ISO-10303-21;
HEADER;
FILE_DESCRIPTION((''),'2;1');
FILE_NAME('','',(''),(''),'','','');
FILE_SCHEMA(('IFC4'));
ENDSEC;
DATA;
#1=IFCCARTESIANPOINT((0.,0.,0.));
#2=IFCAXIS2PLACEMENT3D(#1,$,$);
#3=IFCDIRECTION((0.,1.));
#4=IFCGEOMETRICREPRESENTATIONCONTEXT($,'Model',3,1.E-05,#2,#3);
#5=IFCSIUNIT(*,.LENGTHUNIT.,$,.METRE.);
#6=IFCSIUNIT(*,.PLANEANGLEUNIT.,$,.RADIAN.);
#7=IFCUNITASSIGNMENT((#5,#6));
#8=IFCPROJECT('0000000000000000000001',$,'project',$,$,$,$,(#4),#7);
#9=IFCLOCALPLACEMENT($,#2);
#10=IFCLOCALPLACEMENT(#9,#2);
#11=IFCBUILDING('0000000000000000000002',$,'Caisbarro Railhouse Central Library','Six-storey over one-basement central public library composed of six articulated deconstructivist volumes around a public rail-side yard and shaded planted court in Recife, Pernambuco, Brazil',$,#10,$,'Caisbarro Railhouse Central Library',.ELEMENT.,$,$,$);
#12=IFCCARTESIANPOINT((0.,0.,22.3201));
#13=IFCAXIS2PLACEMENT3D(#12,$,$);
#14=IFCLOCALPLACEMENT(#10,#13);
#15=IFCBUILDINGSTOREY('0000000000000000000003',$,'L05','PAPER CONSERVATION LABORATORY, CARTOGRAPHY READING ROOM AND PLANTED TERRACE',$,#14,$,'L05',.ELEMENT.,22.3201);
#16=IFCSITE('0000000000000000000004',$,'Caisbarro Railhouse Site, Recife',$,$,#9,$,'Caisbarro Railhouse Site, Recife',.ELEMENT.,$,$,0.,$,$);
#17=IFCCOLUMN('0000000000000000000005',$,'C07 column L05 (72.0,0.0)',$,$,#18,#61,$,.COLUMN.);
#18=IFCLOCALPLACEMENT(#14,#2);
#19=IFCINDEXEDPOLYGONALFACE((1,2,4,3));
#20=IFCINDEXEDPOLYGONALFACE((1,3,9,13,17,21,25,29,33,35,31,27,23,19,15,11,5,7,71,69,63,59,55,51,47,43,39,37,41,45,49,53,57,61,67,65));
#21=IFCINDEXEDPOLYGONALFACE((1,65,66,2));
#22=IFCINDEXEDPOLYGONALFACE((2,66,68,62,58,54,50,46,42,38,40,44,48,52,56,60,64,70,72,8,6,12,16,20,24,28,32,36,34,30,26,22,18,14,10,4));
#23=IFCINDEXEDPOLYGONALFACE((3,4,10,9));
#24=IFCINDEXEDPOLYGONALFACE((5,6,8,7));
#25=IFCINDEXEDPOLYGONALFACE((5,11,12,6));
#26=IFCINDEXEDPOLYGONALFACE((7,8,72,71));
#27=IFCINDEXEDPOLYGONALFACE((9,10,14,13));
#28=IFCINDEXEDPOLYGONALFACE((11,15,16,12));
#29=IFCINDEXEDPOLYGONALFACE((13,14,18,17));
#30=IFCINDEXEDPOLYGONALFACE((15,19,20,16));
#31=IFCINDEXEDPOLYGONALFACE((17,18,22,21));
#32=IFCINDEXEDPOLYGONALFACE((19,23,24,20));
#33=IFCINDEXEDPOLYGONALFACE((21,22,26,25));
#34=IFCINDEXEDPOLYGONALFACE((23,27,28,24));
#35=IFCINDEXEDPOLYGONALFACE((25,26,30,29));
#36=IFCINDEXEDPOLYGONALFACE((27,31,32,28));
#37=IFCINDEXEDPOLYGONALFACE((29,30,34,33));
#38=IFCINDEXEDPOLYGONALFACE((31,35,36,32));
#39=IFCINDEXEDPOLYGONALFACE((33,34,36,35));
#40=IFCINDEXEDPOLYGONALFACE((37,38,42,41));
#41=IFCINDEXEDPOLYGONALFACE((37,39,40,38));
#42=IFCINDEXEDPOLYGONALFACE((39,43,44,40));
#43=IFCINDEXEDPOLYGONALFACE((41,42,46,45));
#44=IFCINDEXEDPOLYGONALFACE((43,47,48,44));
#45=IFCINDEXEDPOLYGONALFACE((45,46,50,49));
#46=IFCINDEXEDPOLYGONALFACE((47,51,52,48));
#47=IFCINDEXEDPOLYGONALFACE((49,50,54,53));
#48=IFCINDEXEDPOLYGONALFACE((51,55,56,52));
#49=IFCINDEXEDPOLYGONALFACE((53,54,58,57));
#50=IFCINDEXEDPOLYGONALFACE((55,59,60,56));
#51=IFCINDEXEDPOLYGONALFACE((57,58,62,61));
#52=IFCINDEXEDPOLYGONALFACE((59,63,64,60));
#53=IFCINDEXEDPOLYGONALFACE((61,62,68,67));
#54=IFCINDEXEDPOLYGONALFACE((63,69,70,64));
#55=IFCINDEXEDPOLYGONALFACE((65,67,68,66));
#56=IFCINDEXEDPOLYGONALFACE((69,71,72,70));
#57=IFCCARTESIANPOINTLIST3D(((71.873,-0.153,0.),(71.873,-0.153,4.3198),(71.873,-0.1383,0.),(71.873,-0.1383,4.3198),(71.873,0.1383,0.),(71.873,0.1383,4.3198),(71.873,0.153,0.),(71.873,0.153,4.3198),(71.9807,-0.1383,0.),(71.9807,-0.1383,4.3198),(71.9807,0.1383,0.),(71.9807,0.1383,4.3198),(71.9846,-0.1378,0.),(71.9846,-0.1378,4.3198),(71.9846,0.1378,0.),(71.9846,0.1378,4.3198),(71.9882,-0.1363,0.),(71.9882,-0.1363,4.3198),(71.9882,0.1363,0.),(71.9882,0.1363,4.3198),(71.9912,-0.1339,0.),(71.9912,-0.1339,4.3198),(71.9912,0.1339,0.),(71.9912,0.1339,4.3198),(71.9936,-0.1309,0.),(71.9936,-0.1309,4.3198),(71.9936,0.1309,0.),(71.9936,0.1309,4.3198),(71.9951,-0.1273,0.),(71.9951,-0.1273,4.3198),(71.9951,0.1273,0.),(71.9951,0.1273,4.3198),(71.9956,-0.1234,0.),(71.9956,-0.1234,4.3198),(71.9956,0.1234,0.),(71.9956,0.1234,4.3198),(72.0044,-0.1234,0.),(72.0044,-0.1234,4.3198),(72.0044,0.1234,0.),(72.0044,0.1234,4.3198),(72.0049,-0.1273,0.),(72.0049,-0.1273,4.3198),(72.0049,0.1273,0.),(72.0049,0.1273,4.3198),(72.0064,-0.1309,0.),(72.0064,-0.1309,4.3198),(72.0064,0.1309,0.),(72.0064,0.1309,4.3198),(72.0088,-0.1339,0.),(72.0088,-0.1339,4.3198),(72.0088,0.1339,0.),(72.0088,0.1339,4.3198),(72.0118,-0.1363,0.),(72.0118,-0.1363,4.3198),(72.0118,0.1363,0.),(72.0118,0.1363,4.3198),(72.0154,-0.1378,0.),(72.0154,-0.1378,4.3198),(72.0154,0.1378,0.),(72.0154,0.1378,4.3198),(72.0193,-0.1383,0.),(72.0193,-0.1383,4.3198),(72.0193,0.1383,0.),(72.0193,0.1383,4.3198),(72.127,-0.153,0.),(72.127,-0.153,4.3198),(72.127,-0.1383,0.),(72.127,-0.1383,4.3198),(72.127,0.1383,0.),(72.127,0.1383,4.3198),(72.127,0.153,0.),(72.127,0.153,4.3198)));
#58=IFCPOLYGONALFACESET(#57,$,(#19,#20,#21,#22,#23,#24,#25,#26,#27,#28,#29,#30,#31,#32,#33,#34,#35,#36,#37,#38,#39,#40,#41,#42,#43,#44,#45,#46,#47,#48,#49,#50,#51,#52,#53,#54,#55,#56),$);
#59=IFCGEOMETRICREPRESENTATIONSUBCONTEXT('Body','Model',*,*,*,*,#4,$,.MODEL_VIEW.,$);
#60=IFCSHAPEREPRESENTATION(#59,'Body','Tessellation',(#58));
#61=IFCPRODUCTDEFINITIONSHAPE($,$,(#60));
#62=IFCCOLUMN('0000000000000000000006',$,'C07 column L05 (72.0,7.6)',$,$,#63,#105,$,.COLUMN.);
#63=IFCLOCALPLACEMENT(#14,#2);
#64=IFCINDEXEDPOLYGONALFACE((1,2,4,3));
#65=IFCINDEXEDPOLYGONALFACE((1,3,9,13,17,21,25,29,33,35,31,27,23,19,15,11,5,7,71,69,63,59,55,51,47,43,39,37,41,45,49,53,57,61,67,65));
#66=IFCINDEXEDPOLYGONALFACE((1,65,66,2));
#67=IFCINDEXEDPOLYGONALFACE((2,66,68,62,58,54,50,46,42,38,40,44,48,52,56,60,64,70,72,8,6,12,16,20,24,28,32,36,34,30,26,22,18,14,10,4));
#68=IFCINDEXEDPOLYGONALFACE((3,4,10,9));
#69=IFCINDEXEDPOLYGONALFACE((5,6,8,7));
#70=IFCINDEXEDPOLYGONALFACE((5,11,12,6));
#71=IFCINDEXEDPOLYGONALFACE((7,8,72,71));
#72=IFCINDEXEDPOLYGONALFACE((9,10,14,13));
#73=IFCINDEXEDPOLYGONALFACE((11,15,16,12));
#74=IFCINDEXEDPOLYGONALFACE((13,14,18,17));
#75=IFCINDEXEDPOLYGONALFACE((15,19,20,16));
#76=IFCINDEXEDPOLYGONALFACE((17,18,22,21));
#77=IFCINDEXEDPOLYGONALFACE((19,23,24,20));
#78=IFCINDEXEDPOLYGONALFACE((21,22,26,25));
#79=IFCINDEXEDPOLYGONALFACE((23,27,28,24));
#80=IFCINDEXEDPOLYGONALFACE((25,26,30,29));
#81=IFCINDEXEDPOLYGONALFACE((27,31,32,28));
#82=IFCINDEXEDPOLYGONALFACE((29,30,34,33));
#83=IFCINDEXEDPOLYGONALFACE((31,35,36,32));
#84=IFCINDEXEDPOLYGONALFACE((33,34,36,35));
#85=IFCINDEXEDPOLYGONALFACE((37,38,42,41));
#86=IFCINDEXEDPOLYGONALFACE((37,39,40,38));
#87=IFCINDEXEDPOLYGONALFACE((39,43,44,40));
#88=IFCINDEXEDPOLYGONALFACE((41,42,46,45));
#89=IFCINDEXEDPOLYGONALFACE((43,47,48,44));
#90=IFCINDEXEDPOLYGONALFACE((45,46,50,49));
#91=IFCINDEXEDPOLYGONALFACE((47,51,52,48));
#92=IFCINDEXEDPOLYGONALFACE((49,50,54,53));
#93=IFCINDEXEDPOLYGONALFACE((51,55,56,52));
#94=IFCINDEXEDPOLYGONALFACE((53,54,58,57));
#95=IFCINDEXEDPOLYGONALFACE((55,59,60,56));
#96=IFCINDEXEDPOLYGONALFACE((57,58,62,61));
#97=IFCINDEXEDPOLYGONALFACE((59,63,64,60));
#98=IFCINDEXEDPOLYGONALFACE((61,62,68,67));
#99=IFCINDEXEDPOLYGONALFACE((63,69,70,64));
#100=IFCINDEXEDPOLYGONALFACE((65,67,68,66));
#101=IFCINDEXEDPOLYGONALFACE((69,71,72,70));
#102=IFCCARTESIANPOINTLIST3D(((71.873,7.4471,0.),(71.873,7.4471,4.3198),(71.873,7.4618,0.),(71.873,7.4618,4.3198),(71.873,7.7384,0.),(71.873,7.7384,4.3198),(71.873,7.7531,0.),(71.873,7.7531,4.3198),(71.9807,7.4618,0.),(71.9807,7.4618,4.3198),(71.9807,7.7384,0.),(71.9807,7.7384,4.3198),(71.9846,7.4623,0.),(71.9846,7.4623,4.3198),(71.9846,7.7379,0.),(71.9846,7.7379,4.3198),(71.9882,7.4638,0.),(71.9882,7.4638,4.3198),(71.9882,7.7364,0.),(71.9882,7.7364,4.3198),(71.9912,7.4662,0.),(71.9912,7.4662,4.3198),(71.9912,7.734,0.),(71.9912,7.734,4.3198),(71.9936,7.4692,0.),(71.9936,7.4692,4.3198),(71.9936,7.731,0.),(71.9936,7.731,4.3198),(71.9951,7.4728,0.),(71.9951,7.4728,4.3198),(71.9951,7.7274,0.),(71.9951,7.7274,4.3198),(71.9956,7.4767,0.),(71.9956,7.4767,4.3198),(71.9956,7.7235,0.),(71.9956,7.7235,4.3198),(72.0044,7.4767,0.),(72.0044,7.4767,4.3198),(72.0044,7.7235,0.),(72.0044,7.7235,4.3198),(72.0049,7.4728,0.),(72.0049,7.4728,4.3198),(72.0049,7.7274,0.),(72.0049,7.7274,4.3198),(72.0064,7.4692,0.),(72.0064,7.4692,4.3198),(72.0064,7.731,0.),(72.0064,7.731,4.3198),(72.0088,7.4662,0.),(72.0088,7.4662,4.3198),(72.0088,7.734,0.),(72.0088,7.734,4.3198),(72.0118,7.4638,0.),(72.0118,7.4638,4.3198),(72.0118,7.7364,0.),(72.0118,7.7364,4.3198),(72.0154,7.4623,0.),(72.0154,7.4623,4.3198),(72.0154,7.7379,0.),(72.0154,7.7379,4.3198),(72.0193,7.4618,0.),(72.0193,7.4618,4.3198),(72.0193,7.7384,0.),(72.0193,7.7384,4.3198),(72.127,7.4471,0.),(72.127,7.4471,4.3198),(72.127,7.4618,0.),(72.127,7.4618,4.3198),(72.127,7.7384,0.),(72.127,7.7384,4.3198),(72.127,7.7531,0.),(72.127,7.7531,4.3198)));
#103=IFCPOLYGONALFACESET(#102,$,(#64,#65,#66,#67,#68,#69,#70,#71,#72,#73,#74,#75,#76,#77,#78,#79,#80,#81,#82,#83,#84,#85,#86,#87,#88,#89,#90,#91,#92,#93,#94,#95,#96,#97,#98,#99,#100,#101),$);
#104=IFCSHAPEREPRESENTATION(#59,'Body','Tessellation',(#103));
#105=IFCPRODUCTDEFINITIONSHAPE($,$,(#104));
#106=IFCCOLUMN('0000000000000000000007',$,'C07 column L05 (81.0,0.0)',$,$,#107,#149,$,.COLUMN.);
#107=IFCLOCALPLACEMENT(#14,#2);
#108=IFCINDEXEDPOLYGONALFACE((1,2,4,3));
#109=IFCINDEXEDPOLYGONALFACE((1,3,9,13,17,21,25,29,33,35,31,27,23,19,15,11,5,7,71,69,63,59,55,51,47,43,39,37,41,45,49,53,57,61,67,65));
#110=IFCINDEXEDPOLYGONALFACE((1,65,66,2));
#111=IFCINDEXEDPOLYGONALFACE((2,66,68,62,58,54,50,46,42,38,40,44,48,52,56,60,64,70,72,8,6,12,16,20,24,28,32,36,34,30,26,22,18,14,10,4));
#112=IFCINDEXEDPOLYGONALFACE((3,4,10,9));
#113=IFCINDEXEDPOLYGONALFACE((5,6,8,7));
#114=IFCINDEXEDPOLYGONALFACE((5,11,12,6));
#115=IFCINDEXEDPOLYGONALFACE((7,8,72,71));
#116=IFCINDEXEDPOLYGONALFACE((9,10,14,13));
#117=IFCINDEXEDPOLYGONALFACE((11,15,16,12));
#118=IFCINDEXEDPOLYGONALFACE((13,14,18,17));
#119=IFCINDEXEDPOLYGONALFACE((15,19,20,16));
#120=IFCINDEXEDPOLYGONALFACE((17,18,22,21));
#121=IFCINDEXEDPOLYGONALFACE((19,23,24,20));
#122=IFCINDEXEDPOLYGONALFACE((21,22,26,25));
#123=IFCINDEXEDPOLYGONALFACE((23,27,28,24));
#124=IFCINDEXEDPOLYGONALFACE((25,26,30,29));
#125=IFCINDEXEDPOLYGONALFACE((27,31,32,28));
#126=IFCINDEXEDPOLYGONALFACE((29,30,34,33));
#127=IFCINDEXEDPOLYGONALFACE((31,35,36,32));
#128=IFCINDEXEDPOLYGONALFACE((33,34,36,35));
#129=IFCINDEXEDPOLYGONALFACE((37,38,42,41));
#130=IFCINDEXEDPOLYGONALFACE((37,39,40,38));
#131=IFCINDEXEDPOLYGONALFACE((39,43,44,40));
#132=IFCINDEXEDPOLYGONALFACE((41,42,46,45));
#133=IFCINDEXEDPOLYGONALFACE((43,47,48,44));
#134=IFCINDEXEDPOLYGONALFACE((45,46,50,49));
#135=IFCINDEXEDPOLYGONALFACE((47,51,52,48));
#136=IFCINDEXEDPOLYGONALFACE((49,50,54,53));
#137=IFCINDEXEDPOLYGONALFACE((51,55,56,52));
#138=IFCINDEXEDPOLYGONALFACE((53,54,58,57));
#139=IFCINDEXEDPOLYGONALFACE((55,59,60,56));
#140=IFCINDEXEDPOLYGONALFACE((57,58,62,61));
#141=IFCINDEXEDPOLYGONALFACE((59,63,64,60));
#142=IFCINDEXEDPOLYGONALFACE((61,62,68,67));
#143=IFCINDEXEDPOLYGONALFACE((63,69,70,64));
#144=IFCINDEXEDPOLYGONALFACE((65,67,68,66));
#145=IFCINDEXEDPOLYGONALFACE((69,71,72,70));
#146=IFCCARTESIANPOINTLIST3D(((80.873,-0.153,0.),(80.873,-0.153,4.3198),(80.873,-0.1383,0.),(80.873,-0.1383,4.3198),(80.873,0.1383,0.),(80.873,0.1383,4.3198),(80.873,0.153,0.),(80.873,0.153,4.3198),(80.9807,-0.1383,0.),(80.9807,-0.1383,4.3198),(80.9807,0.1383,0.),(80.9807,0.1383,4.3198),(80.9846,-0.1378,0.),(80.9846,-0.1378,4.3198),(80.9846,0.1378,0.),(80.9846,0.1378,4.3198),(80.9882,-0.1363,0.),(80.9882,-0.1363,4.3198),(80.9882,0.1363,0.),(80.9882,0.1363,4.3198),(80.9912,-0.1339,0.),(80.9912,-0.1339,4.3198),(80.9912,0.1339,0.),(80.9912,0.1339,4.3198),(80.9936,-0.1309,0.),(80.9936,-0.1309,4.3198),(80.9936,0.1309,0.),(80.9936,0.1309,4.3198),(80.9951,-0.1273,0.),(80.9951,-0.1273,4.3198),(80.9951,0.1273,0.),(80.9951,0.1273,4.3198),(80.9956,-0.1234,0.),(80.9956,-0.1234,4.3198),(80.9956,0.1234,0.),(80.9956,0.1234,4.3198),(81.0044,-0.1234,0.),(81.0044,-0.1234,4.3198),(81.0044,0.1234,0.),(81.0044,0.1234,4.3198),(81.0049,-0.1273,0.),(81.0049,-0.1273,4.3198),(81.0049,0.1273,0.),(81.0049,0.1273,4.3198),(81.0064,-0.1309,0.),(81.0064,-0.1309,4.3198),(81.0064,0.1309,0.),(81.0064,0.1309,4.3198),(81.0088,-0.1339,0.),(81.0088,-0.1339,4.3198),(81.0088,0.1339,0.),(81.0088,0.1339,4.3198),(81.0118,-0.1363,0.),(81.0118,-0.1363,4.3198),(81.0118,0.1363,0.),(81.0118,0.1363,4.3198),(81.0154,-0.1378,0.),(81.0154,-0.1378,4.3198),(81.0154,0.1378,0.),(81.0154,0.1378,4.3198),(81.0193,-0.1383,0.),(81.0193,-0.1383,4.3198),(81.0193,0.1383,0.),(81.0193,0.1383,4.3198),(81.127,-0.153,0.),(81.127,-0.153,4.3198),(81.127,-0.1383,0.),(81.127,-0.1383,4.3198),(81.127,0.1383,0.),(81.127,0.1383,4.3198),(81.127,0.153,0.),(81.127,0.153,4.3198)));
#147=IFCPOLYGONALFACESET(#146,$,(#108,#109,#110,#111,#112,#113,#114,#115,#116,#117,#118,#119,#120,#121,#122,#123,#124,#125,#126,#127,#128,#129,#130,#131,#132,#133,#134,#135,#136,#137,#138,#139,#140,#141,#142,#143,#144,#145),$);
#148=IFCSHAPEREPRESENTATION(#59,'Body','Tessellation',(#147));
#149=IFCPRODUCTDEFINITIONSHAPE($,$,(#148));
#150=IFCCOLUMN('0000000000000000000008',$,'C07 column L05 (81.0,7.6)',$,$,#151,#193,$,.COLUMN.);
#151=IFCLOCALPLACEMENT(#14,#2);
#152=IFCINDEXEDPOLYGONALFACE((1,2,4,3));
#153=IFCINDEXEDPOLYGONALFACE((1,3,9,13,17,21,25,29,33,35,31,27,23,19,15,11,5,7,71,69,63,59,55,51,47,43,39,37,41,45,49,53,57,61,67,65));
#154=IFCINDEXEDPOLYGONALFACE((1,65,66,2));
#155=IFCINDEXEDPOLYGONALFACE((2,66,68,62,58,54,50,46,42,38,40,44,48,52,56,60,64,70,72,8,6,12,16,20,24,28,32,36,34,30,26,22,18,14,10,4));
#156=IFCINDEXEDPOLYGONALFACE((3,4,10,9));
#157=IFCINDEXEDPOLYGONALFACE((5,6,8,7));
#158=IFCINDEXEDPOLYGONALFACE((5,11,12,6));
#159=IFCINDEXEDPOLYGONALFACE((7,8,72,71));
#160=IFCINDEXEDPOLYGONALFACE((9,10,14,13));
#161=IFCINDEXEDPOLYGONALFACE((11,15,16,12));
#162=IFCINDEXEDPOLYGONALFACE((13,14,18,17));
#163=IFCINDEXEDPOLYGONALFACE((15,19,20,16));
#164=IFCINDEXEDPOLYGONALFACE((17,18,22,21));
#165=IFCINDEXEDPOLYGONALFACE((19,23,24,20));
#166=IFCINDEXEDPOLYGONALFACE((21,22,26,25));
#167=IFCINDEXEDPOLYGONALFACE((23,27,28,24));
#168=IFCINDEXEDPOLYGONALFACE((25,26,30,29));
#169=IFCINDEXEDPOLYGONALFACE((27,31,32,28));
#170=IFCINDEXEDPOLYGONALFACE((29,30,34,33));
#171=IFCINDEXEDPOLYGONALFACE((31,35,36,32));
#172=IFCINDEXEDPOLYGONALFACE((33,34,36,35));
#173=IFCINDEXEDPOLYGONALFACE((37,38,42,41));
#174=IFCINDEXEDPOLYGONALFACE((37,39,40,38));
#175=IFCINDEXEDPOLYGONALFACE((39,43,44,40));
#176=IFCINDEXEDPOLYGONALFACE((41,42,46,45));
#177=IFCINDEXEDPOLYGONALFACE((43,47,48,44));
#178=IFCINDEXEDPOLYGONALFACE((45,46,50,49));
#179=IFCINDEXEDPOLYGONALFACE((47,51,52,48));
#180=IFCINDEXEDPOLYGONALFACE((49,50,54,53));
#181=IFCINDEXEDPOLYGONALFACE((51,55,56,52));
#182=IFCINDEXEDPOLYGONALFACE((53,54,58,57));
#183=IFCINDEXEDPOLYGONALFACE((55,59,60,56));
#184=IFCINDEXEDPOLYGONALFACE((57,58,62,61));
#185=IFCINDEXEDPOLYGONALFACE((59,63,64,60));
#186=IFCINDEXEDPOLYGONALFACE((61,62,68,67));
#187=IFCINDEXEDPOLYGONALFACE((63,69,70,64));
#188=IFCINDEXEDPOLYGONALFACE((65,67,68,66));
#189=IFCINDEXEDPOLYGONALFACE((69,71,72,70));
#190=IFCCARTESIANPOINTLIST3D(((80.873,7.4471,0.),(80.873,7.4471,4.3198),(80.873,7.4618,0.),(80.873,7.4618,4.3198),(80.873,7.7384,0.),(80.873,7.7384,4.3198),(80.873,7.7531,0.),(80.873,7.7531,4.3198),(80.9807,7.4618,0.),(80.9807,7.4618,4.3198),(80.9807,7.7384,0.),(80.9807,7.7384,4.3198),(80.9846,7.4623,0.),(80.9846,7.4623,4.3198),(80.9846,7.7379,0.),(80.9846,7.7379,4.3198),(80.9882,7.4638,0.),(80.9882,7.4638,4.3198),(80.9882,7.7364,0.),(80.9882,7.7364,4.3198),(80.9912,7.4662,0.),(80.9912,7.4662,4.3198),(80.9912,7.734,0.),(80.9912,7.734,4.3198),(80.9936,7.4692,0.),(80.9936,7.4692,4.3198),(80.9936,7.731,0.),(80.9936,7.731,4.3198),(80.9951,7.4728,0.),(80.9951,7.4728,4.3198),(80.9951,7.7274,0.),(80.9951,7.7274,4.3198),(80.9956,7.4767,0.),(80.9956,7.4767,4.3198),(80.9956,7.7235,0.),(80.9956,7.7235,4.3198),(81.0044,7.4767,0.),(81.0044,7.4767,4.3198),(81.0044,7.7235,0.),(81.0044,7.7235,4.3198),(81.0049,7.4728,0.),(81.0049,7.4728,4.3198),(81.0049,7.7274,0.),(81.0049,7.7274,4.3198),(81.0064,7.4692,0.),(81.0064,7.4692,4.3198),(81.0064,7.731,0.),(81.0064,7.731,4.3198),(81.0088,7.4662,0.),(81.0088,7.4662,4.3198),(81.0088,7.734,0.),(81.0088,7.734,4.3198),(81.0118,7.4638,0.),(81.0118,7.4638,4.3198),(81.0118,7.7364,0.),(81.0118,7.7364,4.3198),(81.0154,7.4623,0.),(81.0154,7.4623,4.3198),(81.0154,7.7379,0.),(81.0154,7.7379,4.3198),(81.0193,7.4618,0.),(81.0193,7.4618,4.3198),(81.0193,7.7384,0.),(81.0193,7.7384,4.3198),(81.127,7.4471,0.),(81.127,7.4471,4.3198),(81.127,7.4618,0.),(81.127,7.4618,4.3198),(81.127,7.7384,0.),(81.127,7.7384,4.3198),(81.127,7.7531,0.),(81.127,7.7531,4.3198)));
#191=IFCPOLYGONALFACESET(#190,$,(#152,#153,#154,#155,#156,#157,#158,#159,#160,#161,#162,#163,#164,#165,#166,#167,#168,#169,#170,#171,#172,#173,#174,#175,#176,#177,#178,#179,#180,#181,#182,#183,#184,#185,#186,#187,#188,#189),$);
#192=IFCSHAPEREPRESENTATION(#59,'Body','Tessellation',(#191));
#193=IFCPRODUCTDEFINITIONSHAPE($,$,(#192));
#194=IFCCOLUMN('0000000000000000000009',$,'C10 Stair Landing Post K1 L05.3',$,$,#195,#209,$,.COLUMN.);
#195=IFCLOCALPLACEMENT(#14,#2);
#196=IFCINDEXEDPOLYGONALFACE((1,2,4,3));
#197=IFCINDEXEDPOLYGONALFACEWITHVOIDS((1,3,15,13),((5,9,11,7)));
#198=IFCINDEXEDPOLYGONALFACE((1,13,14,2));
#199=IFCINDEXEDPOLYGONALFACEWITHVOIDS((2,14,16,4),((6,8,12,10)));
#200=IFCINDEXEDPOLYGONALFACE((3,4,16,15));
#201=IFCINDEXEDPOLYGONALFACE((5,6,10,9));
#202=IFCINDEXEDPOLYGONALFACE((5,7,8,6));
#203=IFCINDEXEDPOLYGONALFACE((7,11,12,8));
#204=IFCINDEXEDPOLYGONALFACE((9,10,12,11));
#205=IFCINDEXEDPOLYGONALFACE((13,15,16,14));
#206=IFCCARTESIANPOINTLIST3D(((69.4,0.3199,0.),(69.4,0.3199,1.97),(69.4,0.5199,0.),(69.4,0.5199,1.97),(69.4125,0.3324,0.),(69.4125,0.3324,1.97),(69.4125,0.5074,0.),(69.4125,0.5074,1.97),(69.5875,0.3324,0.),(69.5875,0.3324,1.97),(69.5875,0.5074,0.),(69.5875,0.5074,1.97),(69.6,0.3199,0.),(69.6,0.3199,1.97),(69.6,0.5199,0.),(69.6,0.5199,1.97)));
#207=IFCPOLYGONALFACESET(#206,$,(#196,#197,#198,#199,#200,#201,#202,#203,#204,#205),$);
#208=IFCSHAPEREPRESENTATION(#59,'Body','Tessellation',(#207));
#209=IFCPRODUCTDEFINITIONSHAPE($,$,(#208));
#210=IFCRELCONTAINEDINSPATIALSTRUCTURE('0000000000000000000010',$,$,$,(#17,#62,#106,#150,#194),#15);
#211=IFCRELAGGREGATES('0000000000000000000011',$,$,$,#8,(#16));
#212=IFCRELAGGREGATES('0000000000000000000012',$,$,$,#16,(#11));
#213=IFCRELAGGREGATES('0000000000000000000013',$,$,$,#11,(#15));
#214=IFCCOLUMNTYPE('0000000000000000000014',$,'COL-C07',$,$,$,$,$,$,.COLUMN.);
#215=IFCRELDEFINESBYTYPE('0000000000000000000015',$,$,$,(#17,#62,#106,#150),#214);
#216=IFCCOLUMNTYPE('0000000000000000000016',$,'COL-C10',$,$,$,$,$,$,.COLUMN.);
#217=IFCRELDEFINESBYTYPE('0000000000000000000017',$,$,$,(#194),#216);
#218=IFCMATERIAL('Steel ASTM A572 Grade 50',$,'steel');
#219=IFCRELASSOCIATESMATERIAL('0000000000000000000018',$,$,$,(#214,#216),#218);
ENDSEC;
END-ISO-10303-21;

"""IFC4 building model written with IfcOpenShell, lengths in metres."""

from ifc_helpers import new_model, si_unit, direction, frame, origin, origin_2d, place, context, subcontext, project, spatial, hollow_rectangle, i_section, extrude, material, material_profile, profile_set, type_object, element, save


model = new_model("IFC4")

# Units and contexts
model_context = context("Model", 3, precision=1e-05, world=origin(), true_north=direction((0.0, 1.0)))
body_context = subcontext(model_context, "Body", "Model", "MODEL_VIEW")
ifc_project = project(units=[si_unit("LENGTHUNIT", "METRE"), si_unit("PLANEANGLEUNIT", "RADIAN")], contexts=[model_context])

# Site, building, storey
site_placement = place(None, origin())
site = spatial("IfcSite", under=ifc_project, at=site_placement, Name="Caisbarro Railhouse Site, Recife", LongName="Caisbarro Railhouse Site, Recife", CompositionType="ELEMENT", RefElevation=0.0)
building_placement = place(site_placement, origin())
building = spatial("IfcBuilding", under=site, at=building_placement, Name="Caisbarro Railhouse Central Library", Description="Six-storey over one-basement central public library composed of six articulated deconstructivist volumes around a public rail-side yard and shaded planted court in Recife, Pernambuco, Brazil", LongName="Caisbarro Railhouse Central Library", CompositionType="ELEMENT")
storey_placement = place(building_placement, frame((0.0, 0.0, 22.3201)))
storey = spatial("IfcBuildingStorey", under=building, at=storey_placement, Name="L05", Description="PAPER CONSERVATION LABORATORY, CARTOGRAPHY READING ROOM AND PLANTED TERRACE", LongName="L05", CompositionType="ELEMENT", Elevation=22.3201)

# Columns
ifc_material_1 = material(Name="Steel ASTM A572 Grade 50", Category="steel")
ifc_material_profile_1 = material_profile(ifc_material_1, i_section(OverallWidth=0.2539, OverallDepth=0.3059, WebThickness=0.0088, FlangeThickness=0.0146, FilletRadius=0.0149, at=origin_2d()), Name="W310X79.0")
ifc_profile_set_1 = profile_set([ifc_material_profile_1], Name="Steel ASTM A572 Grade 50")
column_type_1 = type_object("IfcColumnType", Name="COL-C07", PredefinedType="COLUMN", material=ifc_profile_set_1)
for number, where, z_axis, x_axis, name in (
    (1, (72.0, 0.0, 0.0), (0.0, 0.0, 1.0), (1.0, 0.0, 0.0), "C07 column L05 (72.0,0.0)"),
    (2, (72.0, 7.6001, 0.0), (0.0, 0.0, 1.0), (1.0, 0.0, 0.0), "C07 column L05 (72.0,7.6)"),
    (3, (81.0, 0.0, 0.0), (0.0, 0.0, 1.0), (1.0, 0.0, 0.0), "C07 column L05 (81.0,0.0)"),
    (4, (81.0, 7.6001, 0.0), (0.0, 0.0, 1.0), (1.0, 0.0, 0.0), "C07 column L05 (81.0,7.6)"),
):
    element("IfcColumn", number, at=place(storey_placement, frame(where, z_axis=z_axis, x_axis=x_axis)), inside=storey, type_object=column_type_1, Name=name, PredefinedType="COLUMN", context=body_context, shape_type="SweptSolid", body=[
        extrude(i_section(OverallWidth=0.2539, OverallDepth=0.3059, WebThickness=0.0088, FlangeThickness=0.0146, FilletRadius=0.0149, at=origin_2d()), origin(), (0.0, 0.0, 1.0), 4.3198),
    ])
ifc_material_profile_2 = material_profile(ifc_material_1, hollow_rectangle(XDim=0.2, YDim=0.2, WallThickness=0.0125, at=origin_2d()), Name="HSS200X200X12.5")
ifc_profile_set_2 = profile_set([ifc_material_profile_2], Name="Steel ASTM A572 Grade 50")
column_type_2 = type_object("IfcColumnType", Name="COL-C10", PredefinedType="COLUMN", material=ifc_profile_set_2)
for number, where, z_axis, x_axis, name in (
    (5, (69.5, 0.4199, 0.0), (0.0, 0.0, 1.0), (1.0, 0.0, 0.0), "C10 Stair Landing Post K1 L05.3"),
):
    element("IfcColumn", number, at=place(storey_placement, frame(where, z_axis=z_axis, x_axis=x_axis)), inside=storey, type_object=column_type_2, Name=name, PredefinedType="COLUMN", context=body_context, shape_type="SweptSolid", body=[
        extrude(hollow_rectangle(XDim=0.2, YDim=0.2, WallThickness=0.0125, at=origin_2d()), origin(), (0.0, 0.0, 1.0), 1.97),
    ])

save(model, "model.ifc")
